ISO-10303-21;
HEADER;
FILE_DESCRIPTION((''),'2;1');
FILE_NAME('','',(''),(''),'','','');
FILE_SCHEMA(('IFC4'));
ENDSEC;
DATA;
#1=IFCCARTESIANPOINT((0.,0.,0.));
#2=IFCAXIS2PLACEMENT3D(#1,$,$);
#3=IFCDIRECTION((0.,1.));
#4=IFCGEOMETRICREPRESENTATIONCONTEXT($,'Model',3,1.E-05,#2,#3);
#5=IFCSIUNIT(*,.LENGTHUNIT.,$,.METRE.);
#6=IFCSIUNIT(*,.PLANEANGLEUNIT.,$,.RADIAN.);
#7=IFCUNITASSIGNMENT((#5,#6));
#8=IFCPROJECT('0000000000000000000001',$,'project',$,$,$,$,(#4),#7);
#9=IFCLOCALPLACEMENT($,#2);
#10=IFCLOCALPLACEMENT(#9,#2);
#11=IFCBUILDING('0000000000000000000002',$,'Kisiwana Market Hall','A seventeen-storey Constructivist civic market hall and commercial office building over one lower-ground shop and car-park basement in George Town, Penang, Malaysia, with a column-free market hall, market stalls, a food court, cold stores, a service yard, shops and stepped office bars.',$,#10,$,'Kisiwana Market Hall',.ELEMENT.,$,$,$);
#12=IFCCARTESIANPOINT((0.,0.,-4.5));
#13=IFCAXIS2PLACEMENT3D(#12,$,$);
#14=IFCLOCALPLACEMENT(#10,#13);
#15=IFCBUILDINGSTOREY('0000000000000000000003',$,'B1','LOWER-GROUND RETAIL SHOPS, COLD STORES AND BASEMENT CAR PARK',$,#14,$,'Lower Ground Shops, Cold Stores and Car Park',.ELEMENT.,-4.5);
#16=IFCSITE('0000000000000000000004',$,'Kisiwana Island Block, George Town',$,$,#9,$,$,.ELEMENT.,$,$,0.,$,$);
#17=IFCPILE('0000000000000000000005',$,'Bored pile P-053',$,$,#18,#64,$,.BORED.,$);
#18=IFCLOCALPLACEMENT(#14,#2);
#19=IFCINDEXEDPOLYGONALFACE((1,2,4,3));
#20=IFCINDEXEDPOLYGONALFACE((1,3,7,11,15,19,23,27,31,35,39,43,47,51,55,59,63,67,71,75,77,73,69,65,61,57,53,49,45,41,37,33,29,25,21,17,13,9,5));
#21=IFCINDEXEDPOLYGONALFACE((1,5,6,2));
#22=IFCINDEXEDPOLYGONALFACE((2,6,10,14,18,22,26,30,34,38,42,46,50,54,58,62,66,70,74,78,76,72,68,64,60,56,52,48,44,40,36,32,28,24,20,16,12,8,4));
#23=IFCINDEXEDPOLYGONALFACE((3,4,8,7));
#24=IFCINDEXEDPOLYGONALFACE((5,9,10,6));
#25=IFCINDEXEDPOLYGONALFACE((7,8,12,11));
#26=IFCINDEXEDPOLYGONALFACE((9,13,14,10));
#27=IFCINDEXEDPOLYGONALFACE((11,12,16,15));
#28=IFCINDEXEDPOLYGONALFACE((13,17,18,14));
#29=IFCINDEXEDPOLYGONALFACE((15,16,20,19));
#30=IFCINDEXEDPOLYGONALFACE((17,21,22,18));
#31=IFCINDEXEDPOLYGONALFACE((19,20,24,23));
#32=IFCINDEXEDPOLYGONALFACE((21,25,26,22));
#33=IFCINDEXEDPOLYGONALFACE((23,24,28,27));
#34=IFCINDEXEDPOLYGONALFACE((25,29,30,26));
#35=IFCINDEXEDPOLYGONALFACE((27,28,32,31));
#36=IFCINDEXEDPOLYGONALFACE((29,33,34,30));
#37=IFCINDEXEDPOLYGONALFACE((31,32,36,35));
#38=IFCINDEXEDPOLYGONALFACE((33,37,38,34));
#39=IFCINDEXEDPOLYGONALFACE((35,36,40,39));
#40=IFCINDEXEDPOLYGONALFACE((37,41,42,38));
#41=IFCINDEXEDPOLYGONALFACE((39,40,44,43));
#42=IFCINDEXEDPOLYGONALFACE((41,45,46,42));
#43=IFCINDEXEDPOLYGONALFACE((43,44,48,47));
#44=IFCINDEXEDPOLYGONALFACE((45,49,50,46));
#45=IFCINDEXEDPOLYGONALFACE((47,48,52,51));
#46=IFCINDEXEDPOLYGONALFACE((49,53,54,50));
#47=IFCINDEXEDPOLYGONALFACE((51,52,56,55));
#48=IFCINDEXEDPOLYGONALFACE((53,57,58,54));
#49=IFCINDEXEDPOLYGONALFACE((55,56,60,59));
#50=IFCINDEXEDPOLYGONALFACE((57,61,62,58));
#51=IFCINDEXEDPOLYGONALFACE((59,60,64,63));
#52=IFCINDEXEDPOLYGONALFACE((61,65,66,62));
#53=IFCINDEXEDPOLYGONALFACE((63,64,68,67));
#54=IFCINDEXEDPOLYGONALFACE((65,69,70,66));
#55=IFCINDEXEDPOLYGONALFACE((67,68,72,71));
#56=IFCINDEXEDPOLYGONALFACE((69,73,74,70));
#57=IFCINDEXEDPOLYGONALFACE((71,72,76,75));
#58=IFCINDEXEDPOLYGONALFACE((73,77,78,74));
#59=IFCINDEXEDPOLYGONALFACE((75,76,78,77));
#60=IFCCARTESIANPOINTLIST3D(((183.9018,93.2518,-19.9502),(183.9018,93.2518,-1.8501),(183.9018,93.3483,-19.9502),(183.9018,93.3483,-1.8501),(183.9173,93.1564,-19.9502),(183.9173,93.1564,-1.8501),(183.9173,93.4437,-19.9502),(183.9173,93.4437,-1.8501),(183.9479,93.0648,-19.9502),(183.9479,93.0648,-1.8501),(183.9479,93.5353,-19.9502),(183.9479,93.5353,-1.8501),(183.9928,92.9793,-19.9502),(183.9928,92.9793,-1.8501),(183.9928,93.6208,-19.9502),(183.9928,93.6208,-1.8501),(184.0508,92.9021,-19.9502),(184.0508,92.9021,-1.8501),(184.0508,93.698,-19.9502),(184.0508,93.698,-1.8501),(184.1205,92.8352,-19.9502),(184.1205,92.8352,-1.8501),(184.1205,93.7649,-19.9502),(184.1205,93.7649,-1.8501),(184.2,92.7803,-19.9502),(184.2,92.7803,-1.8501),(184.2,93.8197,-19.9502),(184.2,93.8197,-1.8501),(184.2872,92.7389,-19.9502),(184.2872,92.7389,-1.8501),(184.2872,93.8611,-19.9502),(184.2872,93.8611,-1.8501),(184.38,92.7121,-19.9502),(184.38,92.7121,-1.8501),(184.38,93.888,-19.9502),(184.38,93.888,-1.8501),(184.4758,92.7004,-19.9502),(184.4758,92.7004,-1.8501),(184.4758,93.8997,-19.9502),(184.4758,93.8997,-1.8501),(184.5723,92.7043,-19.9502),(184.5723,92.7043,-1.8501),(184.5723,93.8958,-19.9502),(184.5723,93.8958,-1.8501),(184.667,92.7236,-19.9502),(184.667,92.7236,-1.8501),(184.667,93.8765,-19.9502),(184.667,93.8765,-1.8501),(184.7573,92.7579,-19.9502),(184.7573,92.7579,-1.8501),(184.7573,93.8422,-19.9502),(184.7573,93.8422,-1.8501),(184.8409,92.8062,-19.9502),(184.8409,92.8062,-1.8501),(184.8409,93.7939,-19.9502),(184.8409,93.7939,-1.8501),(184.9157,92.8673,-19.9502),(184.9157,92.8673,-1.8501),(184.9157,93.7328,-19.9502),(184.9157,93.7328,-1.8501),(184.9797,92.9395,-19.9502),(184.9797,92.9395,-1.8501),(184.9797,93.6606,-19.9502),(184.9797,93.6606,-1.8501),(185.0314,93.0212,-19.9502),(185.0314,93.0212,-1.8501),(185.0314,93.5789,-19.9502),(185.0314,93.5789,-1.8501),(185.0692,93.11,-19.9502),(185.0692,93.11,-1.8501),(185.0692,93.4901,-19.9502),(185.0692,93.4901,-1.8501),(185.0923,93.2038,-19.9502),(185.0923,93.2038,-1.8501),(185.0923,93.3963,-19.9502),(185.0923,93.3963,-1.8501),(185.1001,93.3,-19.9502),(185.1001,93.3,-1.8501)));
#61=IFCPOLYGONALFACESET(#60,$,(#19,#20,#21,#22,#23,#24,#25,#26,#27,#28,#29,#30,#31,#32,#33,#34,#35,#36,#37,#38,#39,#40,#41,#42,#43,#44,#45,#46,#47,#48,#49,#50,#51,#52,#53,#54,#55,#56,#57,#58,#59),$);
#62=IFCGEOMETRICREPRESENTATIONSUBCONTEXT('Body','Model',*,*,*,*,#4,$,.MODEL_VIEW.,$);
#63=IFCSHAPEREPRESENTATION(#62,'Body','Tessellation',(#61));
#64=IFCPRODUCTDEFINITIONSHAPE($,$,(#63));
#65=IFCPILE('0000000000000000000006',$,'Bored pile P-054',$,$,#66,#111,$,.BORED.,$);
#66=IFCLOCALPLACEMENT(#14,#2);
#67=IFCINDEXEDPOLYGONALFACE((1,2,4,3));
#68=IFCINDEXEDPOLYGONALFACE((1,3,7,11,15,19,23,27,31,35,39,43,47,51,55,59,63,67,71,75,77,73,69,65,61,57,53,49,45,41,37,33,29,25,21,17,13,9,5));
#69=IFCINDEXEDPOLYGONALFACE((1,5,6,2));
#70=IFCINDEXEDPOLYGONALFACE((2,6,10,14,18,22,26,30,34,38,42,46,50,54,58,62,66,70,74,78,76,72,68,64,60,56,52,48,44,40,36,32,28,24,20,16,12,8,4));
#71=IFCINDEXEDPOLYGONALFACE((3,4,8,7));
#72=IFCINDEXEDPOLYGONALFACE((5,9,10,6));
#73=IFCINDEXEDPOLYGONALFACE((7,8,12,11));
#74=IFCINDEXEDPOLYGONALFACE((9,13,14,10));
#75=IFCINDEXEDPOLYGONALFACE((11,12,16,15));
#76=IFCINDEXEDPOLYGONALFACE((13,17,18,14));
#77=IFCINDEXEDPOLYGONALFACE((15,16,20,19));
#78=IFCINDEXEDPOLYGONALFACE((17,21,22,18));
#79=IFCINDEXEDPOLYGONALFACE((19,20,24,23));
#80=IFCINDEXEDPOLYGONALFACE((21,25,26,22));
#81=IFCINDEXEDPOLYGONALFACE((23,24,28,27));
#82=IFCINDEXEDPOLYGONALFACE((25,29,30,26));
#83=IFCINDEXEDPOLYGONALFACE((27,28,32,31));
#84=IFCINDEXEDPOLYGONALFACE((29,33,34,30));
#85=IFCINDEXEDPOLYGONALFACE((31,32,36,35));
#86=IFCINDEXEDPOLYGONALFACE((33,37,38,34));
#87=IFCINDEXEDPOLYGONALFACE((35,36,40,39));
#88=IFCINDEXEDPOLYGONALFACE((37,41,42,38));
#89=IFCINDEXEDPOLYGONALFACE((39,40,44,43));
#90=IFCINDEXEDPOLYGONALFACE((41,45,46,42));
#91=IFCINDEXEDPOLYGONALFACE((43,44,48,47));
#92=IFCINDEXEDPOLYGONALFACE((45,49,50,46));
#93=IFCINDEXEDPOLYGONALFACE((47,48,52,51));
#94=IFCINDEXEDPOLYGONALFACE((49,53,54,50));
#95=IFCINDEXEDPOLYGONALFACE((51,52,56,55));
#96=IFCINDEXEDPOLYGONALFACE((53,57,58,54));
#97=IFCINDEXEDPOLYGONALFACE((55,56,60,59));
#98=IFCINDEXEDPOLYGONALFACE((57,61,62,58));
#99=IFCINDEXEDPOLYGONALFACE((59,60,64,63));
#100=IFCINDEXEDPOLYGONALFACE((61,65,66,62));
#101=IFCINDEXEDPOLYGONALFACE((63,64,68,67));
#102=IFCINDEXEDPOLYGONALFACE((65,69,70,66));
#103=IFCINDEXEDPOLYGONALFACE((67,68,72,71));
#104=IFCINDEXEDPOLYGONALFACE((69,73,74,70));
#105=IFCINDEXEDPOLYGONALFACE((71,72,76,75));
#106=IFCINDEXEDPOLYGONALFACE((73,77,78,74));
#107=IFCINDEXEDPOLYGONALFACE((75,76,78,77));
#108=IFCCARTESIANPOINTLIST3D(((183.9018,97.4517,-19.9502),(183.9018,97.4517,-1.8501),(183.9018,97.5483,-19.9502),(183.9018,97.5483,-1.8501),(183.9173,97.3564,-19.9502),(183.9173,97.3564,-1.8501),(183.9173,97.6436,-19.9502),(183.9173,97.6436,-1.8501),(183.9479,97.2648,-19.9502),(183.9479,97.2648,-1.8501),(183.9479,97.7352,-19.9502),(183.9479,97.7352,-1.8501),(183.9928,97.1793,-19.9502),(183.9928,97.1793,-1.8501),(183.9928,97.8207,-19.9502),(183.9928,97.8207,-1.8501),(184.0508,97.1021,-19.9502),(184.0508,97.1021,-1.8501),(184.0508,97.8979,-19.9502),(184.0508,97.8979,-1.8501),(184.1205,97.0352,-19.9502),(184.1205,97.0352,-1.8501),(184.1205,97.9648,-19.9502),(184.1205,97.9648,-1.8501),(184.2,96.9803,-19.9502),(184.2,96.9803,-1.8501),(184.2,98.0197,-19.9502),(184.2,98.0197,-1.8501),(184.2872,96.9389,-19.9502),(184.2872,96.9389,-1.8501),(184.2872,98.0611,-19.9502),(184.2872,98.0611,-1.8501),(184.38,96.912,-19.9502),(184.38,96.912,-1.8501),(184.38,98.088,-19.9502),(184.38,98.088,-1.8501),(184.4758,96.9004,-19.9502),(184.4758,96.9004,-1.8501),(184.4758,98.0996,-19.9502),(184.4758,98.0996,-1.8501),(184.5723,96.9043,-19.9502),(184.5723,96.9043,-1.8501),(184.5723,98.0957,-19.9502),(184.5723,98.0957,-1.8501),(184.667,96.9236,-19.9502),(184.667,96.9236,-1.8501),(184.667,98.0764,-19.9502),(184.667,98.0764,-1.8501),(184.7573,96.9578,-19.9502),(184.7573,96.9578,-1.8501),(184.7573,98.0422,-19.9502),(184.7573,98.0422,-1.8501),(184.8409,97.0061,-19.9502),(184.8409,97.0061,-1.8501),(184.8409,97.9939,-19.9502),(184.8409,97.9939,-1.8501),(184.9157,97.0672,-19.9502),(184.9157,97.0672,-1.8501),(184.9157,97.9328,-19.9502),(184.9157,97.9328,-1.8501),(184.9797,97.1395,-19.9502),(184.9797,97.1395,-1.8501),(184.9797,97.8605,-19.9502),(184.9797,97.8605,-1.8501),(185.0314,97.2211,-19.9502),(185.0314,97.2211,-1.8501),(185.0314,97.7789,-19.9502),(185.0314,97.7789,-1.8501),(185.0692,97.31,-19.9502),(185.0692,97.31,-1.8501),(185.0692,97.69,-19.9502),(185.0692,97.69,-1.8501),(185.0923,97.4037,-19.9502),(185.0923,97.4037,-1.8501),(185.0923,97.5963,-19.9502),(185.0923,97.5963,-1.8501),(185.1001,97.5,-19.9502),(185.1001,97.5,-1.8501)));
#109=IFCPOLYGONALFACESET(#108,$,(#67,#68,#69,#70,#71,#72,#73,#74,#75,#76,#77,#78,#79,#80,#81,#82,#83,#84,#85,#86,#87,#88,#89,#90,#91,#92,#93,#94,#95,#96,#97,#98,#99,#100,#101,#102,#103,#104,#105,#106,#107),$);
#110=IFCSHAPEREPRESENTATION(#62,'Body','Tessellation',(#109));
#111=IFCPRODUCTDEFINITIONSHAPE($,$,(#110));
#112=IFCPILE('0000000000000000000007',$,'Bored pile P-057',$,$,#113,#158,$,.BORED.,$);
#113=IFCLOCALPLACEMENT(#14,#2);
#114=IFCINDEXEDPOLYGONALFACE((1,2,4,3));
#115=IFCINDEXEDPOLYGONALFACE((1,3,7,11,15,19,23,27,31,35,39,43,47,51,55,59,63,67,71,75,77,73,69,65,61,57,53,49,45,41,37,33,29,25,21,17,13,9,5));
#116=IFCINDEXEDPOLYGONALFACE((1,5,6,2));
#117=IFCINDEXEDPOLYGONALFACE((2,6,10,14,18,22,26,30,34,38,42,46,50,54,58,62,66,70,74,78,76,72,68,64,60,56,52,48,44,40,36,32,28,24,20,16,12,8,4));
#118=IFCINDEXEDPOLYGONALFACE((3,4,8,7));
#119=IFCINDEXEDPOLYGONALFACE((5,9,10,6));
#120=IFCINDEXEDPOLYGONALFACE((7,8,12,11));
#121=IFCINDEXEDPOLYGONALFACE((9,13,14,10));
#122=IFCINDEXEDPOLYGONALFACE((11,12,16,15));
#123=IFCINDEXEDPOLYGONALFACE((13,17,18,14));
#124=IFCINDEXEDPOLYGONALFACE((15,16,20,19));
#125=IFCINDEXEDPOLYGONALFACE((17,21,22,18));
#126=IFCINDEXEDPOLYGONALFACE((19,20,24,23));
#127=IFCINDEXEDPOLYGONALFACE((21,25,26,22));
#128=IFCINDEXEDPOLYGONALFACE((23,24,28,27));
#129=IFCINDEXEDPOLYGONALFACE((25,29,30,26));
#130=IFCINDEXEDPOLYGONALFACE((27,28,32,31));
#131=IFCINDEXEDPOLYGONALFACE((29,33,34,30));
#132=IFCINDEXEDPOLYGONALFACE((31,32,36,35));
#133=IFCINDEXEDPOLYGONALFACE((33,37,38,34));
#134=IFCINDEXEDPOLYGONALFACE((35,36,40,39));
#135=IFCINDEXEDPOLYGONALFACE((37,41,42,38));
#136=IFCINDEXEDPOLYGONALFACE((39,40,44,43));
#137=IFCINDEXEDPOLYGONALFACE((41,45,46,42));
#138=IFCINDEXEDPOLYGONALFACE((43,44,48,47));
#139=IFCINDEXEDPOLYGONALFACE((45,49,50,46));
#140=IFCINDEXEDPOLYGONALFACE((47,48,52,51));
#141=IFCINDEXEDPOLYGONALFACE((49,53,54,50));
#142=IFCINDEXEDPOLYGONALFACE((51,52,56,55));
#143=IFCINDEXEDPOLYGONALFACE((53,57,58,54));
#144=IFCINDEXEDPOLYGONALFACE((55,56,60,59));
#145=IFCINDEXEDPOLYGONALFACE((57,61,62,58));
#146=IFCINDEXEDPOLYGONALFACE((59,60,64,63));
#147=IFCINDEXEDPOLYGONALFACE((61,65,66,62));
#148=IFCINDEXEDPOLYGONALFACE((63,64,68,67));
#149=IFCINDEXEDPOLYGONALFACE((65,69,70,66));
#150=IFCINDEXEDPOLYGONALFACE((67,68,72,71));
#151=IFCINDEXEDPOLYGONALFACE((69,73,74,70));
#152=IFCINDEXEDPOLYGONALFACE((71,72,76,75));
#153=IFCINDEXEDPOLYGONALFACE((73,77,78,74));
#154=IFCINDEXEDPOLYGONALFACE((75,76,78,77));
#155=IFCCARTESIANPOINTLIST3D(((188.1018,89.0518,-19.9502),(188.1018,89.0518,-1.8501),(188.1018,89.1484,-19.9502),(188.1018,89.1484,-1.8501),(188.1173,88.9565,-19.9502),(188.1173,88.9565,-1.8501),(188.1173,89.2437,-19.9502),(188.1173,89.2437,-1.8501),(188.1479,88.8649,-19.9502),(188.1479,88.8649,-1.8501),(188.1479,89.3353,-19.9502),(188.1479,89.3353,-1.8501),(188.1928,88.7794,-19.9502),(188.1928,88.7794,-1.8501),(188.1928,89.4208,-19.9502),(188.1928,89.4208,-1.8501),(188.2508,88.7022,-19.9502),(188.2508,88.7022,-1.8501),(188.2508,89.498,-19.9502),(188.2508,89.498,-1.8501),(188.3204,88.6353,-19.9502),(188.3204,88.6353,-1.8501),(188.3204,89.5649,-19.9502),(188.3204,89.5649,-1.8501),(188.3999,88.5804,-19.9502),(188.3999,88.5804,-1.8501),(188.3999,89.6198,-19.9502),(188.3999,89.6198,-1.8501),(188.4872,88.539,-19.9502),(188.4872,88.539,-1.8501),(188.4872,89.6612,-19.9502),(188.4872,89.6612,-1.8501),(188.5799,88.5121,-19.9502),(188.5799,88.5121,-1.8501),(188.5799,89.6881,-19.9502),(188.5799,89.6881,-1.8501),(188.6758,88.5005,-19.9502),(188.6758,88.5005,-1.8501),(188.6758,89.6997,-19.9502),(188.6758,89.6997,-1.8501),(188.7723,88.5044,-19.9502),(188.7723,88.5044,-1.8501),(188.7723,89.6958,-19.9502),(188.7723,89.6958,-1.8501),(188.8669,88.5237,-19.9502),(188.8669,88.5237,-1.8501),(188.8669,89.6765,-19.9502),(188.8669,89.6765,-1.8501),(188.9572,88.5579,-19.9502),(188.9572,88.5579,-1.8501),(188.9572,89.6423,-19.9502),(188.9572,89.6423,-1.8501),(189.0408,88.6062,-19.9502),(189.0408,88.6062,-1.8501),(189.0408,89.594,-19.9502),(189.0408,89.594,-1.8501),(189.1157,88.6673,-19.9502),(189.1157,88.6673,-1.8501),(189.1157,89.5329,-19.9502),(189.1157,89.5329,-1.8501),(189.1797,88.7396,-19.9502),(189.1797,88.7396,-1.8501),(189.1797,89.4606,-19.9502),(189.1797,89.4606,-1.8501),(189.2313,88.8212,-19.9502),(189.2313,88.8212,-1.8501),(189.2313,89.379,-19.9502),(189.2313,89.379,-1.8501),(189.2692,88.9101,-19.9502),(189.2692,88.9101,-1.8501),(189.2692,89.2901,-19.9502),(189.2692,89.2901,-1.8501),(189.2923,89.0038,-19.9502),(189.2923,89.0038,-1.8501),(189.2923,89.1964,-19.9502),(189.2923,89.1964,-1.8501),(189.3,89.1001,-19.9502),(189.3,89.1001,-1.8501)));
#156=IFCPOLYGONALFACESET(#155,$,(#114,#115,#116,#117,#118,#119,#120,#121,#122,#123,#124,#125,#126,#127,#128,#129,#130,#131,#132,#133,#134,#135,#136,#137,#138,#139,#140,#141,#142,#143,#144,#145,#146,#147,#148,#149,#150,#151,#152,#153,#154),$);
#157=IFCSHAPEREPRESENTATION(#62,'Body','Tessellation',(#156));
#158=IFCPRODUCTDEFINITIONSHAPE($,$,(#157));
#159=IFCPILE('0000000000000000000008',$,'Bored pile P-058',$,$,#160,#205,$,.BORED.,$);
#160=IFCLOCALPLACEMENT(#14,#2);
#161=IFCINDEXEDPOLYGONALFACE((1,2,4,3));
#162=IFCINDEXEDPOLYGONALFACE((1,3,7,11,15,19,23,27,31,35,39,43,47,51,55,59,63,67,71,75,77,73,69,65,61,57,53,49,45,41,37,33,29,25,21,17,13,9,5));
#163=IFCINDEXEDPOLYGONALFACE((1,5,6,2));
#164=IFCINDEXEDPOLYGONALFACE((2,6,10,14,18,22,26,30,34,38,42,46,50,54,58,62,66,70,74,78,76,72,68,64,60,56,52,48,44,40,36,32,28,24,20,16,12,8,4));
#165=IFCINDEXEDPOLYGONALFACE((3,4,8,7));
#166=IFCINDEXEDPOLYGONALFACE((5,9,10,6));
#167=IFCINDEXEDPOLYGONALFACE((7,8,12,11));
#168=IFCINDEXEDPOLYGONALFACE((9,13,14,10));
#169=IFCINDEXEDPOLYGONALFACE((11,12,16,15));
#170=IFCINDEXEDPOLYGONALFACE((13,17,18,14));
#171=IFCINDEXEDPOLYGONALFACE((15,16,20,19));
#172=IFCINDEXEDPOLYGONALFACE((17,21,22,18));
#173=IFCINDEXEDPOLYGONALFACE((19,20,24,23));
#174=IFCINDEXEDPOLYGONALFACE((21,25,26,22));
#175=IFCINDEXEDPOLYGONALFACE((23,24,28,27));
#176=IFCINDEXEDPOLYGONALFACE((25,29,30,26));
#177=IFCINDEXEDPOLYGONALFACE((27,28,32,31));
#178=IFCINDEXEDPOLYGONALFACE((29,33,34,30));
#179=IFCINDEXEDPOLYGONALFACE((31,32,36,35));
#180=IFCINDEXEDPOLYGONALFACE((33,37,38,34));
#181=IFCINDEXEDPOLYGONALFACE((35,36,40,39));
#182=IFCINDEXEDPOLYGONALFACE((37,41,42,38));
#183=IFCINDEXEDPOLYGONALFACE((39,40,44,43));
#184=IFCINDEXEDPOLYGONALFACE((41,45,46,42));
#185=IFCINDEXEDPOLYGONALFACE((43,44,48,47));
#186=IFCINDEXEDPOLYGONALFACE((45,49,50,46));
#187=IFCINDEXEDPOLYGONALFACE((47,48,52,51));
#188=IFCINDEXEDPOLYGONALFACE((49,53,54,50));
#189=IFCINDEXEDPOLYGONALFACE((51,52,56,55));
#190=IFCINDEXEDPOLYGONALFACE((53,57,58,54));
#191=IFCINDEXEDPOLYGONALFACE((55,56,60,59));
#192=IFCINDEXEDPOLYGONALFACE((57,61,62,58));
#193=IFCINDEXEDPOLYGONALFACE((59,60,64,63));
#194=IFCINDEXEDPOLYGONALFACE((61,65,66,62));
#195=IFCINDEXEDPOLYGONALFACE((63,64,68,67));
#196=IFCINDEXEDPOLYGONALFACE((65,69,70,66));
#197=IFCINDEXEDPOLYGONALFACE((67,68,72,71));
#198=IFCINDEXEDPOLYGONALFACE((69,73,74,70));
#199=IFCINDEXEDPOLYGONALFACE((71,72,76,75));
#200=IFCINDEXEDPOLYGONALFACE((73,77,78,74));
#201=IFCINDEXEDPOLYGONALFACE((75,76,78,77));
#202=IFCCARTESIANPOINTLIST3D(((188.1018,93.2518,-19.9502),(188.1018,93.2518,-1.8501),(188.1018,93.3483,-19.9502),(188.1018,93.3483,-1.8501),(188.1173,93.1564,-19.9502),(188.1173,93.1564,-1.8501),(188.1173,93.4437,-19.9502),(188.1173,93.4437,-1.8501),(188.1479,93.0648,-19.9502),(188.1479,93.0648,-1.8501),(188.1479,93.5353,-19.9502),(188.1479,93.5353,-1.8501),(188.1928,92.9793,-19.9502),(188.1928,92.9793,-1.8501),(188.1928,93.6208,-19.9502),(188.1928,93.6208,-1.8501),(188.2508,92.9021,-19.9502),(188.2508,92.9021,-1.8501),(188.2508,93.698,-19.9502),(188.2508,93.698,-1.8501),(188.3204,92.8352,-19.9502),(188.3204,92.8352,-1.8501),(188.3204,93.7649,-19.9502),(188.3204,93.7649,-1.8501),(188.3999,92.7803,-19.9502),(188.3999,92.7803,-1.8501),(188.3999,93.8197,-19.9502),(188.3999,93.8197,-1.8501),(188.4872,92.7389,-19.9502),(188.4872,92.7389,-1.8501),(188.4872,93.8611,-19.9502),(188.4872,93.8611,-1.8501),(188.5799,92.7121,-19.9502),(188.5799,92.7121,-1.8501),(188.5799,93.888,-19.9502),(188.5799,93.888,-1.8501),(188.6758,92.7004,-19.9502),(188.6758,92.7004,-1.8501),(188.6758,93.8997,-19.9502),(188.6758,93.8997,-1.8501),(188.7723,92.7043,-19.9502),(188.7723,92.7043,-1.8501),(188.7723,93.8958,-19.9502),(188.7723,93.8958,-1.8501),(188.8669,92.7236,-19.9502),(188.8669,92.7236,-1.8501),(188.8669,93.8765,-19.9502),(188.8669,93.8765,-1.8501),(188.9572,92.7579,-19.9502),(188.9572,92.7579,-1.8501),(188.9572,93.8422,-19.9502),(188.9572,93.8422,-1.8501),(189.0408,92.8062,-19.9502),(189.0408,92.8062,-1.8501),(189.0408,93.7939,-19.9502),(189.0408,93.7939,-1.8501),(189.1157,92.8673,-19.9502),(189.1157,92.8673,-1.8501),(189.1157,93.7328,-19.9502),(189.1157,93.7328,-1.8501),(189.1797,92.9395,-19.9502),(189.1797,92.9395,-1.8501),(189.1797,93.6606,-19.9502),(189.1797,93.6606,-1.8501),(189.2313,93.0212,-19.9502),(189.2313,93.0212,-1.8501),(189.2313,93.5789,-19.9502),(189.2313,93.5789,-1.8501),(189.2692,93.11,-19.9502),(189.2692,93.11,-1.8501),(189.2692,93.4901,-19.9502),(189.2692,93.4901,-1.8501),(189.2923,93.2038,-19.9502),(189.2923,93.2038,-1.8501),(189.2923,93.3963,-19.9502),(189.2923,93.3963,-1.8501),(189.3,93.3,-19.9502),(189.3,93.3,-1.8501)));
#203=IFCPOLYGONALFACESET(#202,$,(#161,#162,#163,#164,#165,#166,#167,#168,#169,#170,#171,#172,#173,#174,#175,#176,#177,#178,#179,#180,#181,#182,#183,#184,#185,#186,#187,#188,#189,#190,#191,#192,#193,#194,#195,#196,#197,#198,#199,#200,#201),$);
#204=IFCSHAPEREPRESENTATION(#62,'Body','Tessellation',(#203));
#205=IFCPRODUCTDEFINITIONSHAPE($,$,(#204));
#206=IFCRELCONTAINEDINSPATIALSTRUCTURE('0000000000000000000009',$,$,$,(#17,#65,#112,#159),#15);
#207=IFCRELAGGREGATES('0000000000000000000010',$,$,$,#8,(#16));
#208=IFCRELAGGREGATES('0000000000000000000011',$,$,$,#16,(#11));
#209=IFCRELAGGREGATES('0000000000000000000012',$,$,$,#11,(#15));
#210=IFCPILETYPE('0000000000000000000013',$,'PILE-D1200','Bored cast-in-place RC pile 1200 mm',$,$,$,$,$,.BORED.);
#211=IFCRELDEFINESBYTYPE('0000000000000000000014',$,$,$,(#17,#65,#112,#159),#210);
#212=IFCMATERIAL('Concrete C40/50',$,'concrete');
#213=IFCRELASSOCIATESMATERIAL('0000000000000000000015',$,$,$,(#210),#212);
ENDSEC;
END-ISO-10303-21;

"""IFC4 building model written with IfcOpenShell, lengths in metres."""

from ifc_helpers import new_model, si_unit, direction, frame, origin, origin_2d, place, context, subcontext, project, spatial, circle, extrude, material, material_profile, profile_set, type_object, element, save


model = new_model("IFC4")

# Units and contexts
model_context = context("Model", 3, precision=1e-05, world=origin(), true_north=direction((0.0, 1.0)))
body_context = subcontext(model_context, "Body", "Model", "MODEL_VIEW")
ifc_project = project(units=[si_unit("LENGTHUNIT", "METRE"), si_unit("PLANEANGLEUNIT", "RADIAN")], contexts=[model_context])

# Site, building, storey
site_placement = place(None, origin())
site = spatial("IfcSite", under=ifc_project, at=site_placement, Name="Kisiwana Island Block, George Town", CompositionType="ELEMENT", RefElevation=0.0)
building_placement = place(site_placement, origin())
building = spatial("IfcBuilding", under=site, at=building_placement, Name="Kisiwana Market Hall", Description="A seventeen-storey Constructivist civic market hall and commercial office building over one lower-ground shop and car-park basement in George Town, Penang, Malaysia, with a column-free market hall, market stalls, a food court, cold stores, a service yard, shops and stepped office bars.", LongName="Kisiwana Market Hall", CompositionType="ELEMENT")
storey_placement = place(building_placement, frame((0.0, 0.0, -4.5)))
storey = spatial("IfcBuildingStorey", under=building, at=storey_placement, Name="B1", Description="LOWER-GROUND RETAIL SHOPS, COLD STORES AND BASEMENT CAR PARK", LongName="Lower Ground Shops, Cold Stores and Car Park", CompositionType="ELEMENT", Elevation=-4.5)

# Piles
ifc_material_1 = material(Name="Concrete C40/50", Category="concrete")
ifc_material_profile_1 = material_profile(ifc_material_1, circle(Radius=0.6001, at=origin_2d()), Name="BP D1200")
ifc_profile_set_1 = profile_set([ifc_material_profile_1], Name="Concrete C40/50")
pile_type_1 = type_object("IfcPileType", Name="PILE-D1200", Description="Bored cast-in-place RC pile 1200 mm", PredefinedType="BORED", material=ifc_profile_set_1)
for number, where, z_axis, x_axis, name in (
    (1, (184.5, 93.3, -1.8501), (0.0, 0.0, -1.0), (1.0, 0.0, 0.0), "Bored pile P-053"),
    (2, (184.5, 97.5, -1.8501), (0.0, 0.0, -1.0), (1.0, 0.0, 0.0), "Bored pile P-054"),
    (3, (188.7, 89.1001, -1.8501), (0.0, 0.0, -1.0), (1.0, 0.0, 0.0), "Bored pile P-057"),
    (4, (188.7, 93.3, -1.8501), (0.0, 0.0, -1.0), (1.0, 0.0, 0.0), "Bored pile P-058"),
):
    element("IfcPile", number, at=place(storey_placement, frame(where, z_axis=z_axis, x_axis=x_axis)), inside=storey, type_object=pile_type_1, Name=name, PredefinedType="BORED", context=body_context, shape_type="SweptSolid", body=[
        extrude(circle(Radius=0.6001, at=origin_2d()), origin(), (0.0, 0.0, 1.0), 18.1001),
    ])

save(model, "model.ifc")
